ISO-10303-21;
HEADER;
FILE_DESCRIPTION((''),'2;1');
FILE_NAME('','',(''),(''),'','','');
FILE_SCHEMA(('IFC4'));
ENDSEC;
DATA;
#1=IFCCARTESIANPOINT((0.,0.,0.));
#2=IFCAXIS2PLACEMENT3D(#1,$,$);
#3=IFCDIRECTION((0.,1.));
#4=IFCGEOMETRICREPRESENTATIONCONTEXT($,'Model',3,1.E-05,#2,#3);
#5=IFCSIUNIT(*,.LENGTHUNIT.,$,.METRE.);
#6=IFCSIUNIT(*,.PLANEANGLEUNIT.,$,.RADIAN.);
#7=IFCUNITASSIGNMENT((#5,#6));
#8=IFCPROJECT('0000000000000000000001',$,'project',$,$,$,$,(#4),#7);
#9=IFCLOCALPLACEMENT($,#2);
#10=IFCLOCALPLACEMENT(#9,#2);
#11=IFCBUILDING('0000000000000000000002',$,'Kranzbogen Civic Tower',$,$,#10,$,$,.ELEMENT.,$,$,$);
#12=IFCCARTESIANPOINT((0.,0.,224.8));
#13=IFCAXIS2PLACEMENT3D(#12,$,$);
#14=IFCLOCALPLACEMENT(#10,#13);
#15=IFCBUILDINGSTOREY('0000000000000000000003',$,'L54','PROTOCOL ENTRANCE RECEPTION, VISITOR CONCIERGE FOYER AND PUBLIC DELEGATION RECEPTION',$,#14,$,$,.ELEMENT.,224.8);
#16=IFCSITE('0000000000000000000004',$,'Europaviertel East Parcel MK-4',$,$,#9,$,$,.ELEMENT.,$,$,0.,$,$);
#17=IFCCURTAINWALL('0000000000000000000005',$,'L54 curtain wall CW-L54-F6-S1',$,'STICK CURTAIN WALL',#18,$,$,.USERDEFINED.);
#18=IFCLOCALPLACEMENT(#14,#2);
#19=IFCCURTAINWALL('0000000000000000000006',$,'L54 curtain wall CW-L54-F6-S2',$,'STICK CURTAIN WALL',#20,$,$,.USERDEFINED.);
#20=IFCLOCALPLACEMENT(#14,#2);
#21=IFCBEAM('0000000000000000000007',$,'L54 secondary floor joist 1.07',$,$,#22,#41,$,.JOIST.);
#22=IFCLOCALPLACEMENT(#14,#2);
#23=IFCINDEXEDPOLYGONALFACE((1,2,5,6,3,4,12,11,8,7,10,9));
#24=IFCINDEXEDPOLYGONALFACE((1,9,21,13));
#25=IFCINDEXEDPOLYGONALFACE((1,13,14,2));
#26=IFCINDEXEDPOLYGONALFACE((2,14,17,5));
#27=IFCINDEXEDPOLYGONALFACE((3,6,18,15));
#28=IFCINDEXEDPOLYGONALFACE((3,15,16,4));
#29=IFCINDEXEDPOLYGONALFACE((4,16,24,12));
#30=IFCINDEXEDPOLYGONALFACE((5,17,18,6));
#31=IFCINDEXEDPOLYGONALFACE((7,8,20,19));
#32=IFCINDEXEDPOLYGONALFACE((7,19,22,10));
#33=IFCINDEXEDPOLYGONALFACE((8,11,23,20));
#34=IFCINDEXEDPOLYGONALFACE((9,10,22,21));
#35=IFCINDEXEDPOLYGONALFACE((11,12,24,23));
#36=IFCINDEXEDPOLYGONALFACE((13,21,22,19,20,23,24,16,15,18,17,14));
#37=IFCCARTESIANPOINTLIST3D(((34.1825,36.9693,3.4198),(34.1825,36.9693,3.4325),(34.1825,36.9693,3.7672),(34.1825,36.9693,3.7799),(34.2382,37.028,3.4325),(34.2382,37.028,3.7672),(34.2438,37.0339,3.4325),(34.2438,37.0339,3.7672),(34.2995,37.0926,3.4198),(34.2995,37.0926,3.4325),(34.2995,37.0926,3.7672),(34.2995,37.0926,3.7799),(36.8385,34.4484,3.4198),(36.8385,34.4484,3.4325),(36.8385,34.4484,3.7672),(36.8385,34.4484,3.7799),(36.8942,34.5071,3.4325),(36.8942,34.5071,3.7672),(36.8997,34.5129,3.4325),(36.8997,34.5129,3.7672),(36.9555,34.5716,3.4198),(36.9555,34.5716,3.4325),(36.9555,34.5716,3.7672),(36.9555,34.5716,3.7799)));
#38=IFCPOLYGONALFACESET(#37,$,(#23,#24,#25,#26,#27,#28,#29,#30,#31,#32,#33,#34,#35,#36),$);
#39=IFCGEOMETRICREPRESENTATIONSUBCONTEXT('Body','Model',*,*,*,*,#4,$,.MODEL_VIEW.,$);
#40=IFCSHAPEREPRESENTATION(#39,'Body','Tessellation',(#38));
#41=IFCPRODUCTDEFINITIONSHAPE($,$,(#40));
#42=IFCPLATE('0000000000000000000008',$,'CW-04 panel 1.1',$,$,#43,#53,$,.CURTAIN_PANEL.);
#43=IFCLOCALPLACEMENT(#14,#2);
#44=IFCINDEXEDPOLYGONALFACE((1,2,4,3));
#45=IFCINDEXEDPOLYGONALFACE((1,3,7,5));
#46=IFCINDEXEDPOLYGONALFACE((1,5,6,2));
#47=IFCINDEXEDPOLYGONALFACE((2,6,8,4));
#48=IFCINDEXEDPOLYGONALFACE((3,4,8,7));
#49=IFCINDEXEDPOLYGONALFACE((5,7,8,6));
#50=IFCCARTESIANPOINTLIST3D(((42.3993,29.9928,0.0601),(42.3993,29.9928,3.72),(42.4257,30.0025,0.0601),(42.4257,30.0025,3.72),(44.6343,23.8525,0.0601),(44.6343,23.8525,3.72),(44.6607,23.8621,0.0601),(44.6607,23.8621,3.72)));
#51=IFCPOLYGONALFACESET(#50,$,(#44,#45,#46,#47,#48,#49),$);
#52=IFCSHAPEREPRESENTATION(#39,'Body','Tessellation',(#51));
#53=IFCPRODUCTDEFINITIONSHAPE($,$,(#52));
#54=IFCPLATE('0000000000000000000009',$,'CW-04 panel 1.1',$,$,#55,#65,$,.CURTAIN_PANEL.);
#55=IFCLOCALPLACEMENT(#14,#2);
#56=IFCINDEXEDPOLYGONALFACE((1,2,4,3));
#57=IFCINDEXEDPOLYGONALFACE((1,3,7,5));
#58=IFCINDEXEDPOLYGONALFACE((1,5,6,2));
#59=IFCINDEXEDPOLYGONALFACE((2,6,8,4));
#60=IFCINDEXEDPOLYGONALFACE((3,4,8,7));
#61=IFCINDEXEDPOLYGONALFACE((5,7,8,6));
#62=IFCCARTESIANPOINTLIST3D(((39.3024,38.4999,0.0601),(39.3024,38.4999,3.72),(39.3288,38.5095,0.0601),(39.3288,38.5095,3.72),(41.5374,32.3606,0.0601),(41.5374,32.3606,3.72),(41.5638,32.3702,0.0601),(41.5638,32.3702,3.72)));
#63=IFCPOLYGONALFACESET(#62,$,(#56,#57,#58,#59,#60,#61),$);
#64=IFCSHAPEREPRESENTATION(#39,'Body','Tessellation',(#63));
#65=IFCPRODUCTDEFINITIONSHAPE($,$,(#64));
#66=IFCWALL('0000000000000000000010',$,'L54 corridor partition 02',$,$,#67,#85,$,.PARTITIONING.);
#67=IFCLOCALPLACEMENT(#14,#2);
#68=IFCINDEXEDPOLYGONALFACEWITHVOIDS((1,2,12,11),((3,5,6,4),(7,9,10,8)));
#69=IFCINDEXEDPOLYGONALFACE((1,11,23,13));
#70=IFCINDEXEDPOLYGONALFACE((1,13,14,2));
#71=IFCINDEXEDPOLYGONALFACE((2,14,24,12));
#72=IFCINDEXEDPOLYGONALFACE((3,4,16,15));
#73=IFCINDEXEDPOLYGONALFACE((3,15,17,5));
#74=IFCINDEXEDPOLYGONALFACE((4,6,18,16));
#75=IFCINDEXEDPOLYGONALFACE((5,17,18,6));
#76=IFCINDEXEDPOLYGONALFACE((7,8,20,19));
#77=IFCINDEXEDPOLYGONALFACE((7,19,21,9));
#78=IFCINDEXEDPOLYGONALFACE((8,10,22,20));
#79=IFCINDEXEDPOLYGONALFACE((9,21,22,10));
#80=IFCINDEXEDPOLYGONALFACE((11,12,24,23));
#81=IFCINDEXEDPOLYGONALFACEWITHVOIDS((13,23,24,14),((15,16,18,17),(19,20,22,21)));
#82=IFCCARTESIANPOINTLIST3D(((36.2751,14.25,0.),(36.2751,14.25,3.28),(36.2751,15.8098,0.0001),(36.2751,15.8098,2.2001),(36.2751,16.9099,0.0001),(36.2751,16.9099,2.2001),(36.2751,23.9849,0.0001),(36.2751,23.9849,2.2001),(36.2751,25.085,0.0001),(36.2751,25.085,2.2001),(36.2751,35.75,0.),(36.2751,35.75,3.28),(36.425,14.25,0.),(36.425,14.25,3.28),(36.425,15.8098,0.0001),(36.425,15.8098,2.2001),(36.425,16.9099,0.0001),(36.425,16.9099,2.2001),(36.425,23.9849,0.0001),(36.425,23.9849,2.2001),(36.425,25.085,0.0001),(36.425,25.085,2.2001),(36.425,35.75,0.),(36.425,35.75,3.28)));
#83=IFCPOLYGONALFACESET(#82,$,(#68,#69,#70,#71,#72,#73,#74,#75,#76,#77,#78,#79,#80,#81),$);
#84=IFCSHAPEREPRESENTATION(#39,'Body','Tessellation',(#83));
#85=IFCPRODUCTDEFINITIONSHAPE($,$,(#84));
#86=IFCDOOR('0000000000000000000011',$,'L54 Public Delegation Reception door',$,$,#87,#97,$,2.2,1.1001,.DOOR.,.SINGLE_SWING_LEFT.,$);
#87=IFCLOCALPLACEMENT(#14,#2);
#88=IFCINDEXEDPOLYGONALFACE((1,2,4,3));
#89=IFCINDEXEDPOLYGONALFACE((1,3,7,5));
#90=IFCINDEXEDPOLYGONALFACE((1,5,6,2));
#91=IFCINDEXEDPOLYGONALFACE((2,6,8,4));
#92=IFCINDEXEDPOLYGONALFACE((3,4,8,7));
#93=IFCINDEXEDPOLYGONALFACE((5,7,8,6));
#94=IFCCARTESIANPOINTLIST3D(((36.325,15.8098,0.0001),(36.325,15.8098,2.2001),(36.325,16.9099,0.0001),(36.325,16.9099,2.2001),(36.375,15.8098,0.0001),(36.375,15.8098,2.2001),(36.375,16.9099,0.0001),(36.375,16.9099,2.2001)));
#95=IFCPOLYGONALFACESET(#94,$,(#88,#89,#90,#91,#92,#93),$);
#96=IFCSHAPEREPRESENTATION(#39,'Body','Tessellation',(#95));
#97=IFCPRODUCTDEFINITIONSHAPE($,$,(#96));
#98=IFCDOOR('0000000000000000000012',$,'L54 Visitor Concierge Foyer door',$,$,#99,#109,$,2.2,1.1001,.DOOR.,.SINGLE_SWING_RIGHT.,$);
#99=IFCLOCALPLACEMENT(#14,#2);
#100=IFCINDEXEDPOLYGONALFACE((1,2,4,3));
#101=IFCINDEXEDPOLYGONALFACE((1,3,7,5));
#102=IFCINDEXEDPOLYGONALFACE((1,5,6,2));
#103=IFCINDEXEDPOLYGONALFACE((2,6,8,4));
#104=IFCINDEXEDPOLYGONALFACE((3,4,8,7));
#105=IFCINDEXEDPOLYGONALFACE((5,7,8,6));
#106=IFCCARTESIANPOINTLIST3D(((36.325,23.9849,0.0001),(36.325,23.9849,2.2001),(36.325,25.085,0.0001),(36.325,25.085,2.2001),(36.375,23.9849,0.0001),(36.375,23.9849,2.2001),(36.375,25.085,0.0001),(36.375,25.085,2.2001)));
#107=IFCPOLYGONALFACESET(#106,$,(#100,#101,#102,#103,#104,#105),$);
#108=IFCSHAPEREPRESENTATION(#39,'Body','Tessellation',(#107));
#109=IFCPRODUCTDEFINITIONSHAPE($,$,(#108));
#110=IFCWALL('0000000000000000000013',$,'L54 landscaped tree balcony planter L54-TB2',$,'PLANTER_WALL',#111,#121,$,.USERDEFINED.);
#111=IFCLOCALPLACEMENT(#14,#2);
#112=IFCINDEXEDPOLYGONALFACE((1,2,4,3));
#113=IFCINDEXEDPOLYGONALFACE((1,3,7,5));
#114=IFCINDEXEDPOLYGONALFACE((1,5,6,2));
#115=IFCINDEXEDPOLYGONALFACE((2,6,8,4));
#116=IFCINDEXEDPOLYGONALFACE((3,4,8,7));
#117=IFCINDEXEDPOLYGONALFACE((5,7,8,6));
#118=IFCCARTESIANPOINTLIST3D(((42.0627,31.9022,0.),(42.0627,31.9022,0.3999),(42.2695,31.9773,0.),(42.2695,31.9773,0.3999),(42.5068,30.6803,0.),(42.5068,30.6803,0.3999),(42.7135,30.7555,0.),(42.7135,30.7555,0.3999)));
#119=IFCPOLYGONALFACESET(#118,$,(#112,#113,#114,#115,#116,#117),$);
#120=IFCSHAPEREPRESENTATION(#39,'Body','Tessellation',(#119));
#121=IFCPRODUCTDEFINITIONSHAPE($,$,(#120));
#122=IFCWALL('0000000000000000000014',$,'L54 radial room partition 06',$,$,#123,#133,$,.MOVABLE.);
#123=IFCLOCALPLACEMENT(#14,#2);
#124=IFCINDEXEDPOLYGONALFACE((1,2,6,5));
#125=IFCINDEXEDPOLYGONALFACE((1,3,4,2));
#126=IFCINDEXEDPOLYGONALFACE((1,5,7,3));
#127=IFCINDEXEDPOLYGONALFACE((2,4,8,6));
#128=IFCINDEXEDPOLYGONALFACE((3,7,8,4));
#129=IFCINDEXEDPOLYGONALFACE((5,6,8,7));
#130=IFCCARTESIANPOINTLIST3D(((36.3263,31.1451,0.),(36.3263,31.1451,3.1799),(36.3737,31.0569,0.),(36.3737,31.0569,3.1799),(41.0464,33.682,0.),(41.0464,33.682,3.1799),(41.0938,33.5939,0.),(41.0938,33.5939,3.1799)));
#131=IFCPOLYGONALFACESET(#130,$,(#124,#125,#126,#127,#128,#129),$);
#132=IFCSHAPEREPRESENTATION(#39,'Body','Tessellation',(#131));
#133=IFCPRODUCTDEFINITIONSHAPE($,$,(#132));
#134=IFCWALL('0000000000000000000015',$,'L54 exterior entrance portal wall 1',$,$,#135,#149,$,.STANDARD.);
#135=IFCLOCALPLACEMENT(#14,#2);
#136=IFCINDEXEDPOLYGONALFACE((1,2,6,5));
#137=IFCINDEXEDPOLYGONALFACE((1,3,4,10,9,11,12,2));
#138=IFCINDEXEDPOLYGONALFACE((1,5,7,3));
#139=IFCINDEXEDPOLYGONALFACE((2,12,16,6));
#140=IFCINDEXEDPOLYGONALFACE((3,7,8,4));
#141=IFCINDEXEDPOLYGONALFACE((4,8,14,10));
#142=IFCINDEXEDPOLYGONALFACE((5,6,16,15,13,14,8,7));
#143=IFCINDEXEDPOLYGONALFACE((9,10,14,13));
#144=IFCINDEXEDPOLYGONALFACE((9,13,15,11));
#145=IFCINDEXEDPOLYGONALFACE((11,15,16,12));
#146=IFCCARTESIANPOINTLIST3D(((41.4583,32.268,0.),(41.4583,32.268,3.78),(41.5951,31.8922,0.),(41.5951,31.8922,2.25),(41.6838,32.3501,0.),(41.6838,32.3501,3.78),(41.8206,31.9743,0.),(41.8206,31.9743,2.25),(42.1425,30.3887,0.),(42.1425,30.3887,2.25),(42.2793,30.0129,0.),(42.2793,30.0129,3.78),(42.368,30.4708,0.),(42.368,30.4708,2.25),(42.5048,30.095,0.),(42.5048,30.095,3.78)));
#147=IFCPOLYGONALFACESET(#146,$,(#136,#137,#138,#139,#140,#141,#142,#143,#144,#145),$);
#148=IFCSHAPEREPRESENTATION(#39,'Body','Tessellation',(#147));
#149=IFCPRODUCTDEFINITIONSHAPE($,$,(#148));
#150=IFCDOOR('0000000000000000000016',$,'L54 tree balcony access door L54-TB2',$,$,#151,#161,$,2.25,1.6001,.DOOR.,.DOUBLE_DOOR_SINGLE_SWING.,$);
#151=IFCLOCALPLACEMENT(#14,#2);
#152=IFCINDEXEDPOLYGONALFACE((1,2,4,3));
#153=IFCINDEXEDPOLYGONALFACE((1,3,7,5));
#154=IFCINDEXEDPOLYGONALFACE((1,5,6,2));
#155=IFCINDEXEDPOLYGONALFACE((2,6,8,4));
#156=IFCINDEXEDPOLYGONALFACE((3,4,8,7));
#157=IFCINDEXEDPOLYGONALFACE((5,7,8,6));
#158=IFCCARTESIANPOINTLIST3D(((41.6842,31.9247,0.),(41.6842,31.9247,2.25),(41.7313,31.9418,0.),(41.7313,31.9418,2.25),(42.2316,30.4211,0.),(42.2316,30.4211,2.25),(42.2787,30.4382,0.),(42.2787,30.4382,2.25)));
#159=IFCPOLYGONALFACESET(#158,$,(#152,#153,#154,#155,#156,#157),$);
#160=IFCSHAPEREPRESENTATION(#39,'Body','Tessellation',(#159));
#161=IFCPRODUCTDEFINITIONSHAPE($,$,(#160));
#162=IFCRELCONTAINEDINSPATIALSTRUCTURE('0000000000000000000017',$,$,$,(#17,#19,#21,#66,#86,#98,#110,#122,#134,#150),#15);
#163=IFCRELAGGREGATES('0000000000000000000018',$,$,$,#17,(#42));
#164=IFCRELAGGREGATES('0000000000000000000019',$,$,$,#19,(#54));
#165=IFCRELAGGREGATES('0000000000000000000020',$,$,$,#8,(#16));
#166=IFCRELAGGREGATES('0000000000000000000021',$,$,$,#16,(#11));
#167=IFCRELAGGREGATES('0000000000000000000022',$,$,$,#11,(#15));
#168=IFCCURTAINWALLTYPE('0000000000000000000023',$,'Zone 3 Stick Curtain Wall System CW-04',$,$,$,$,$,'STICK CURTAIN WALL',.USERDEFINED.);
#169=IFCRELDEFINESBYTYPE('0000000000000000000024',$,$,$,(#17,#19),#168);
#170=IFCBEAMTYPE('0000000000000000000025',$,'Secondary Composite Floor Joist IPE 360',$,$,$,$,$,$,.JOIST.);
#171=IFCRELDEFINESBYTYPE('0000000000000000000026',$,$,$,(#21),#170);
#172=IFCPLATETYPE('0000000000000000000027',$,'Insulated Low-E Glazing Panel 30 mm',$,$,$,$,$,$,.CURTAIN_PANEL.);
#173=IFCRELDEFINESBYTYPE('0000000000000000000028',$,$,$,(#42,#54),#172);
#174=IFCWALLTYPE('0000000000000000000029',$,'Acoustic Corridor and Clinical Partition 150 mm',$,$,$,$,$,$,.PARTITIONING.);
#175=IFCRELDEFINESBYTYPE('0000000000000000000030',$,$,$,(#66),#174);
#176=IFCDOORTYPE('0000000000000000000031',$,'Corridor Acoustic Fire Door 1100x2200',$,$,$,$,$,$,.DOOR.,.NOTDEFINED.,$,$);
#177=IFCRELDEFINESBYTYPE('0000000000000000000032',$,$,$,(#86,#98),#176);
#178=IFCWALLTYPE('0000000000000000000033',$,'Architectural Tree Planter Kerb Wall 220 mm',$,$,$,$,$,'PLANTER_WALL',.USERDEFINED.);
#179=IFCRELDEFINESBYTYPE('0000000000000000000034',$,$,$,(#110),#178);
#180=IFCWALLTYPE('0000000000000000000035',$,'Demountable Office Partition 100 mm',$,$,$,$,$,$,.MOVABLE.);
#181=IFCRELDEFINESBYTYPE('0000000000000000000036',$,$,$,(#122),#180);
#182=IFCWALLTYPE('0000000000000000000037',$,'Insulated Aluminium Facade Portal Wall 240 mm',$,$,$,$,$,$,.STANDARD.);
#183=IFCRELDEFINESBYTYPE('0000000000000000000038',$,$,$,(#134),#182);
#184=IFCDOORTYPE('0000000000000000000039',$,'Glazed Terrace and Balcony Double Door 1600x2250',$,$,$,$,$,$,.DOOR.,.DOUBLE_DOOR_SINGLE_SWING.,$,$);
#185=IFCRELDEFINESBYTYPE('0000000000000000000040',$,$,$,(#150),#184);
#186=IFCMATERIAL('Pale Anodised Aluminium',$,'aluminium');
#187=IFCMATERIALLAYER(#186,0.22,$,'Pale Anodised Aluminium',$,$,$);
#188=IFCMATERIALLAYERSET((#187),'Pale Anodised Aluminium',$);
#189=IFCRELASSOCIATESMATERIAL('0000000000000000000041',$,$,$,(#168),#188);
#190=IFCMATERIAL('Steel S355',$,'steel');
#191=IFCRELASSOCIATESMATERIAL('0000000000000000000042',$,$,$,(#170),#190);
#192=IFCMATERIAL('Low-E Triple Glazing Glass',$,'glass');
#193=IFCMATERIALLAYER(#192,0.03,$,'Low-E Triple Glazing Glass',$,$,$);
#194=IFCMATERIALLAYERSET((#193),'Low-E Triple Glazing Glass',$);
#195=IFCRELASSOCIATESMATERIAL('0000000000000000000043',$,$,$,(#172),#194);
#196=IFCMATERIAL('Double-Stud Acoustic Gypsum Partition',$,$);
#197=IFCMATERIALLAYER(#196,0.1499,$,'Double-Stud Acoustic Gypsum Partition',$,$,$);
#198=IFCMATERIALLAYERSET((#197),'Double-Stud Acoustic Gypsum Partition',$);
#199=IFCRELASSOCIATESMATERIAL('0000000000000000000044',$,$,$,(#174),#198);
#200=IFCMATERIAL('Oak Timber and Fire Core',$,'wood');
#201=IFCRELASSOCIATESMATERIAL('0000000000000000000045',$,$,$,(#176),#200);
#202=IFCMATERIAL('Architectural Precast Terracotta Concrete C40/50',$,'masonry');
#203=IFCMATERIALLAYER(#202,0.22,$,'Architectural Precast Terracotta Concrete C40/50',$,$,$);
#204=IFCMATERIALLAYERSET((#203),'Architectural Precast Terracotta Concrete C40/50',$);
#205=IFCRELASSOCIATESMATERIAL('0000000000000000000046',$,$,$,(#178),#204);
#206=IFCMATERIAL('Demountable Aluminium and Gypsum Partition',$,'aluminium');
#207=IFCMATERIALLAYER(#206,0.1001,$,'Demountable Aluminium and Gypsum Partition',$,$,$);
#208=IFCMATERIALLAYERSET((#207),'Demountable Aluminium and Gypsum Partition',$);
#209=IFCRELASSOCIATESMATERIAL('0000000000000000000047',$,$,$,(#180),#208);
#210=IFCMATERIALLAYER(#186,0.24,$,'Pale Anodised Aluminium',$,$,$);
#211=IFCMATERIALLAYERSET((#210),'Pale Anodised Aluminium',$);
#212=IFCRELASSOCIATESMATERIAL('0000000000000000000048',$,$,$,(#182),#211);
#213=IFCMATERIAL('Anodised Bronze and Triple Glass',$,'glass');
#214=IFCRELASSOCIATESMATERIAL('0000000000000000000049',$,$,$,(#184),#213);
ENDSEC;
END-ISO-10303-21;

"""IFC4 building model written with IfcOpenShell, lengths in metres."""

from ifc_helpers import new_model, si_unit, direction, frame, frame_2d, origin, origin_2d, place, context, subcontext, project, spatial, rectangle, i_section, extrude, material, layer, layer_set, material_profile, profile_set, type_object, element, fill, aggregate, save


model = new_model("IFC4")

# Units and contexts
model_context = context("Model", 3, precision=1e-05, world=origin(), true_north=direction((0.0, 1.0)))
body_context = subcontext(model_context, "Body", "Model", "MODEL_VIEW")
ifc_project = project(units=[si_unit("LENGTHUNIT", "METRE"), si_unit("PLANEANGLEUNIT", "RADIAN")], contexts=[model_context])

# Site, building, storey
site_placement = place(None, origin())
site = spatial("IfcSite", under=ifc_project, at=site_placement, Name="Europaviertel East Parcel MK-4", CompositionType="ELEMENT", RefElevation=0.0)
building_placement = place(site_placement, origin())
building = spatial("IfcBuilding", under=site, at=building_placement, Name="Kranzbogen Civic Tower", CompositionType="ELEMENT")
storey_placement = place(building_placement, frame((0.0, 0.0, 224.8)))
storey = spatial("IfcBuildingStorey", under=building, at=storey_placement, Name="L54", Description="PROTOCOL ENTRANCE RECEPTION, VISITOR CONCIERGE FOYER AND PUBLIC DELEGATION RECEPTION", CompositionType="ELEMENT", Elevation=224.8)

# Shared definitions
ifc_material_1 = material(Name="Steel S355", Category="steel")

# Curtain wall
ifc_material_2 = material(Name="Pale Anodised Aluminium", Category="aluminium")
ifc_layer_1 = layer(ifc_material_2, 0.22, Name="Pale Anodised Aluminium")
ifc_layer_set_1 = layer_set([ifc_layer_1], Name="Pale Anodised Aluminium")
curtain_wall_type = type_object("IfcCurtainWallType", Name="Zone 3 Stick Curtain Wall System CW-04", ElementType="STICK CURTAIN WALL", PredefinedType="USERDEFINED", material=ifc_layer_set_1)
curtain_wall_1_placement = place(storey_placement, origin())
curtain_wall_1 = element("IfcCurtainWall", 1, at=curtain_wall_1_placement, inside=storey, type_object=curtain_wall_type, Name="L54 curtain wall CW-L54-F6-S1", ObjectType="STICK CURTAIN WALL", PredefinedType="USERDEFINED")

# Curtain wall
curtain_wall_2_placement = place(storey_placement, origin())
curtain_wall_2 = element("IfcCurtainWall", 2, at=curtain_wall_2_placement, inside=storey, type_object=curtain_wall_type, Name="L54 curtain wall CW-L54-F6-S2", ObjectType="STICK CURTAIN WALL", PredefinedType="USERDEFINED")

# Beam
ifc_material_profile_1 = material_profile(ifc_material_1, i_section(OverallWidth=0.1699, OverallDepth=0.3601, WebThickness=0.0081, FlangeThickness=0.0127, at=origin_2d()), Name="IPE 360")
ifc_profile_set_1 = profile_set([ifc_material_profile_1], Name="Steel S355")
beam_type_1 = type_object("IfcBeamType", Name="Secondary Composite Floor Joist IPE 360", PredefinedType="JOIST", material=ifc_profile_set_1)
beam_1_placement = place(storey_placement, frame((36.897, 34.51, 3.5999), z_axis=(-0.725301, 0.688432, 0.0), x_axis=(-0.688432, -0.725301, 0.0)))
element("IfcBeam", 3, at=beam_1_placement, inside=storey, type_object=beam_type_1, Name="L54 secondary floor joist 1.07", PredefinedType="JOIST", context=body_context, shape_type="SweptSolid", body=[
    extrude(i_section(OverallWidth=0.1699, OverallDepth=0.3601, WebThickness=0.0081, FlangeThickness=0.0127, at=origin_2d()), origin(), (0.0, 0.0, 1.0), 3.6619),
])

# Plates
ifc_material_3 = material(Name="Low-E Triple Glazing Glass", Category="glass")
ifc_layer_2 = layer(ifc_material_3, 0.03, Name="Low-E Triple Glazing Glass")
ifc_layer_set_2 = layer_set([ifc_layer_2], Name="Low-E Triple Glazing Glass")
plate_type = type_object("IfcPlateType", Name="Insulated Low-E Glazing Panel 30 mm", PredefinedType="CURTAIN_PANEL", material=ifc_layer_set_2)
plate_1_placement = place(storey_placement, frame((43.53, 26.9275, 0.0601), z_axis=(0.0, 0.0, 1.0), x_axis=(-0.342033, 0.939688, 0.0)))
plate_1 = element("IfcPlate", 4, at=plate_1_placement, type_object=plate_type, Name="CW-04 panel 1.1", PredefinedType="CURTAIN_PANEL", context=body_context, shape_type="SweptSolid", body=[
    extrude(rectangle(XDim=6.5344, YDim=0.0281, at=origin_2d()), origin(), (0.0, 0.0, 1.0), 3.6599),
])
aggregate(curtain_wall_1, [plate_1])
plate_2_placement = place(storey_placement, frame((40.4331, 35.4351, 0.0601), z_axis=(0.0, 0.0, 1.0), x_axis=(-0.342081, 0.93967, 0.0)))
plate_2 = element("IfcPlate", 5, at=plate_2_placement, type_object=plate_type, Name="CW-04 panel 1.1", PredefinedType="CURTAIN_PANEL", context=body_context, shape_type="SweptSolid", body=[
    extrude(rectangle(XDim=6.5334, YDim=0.0281, at=origin_2d()), origin(), (0.0, 0.0, 1.0), 3.6599),
])
aggregate(curtain_wall_2, [plate_2])

# Wall, openings, doors
ifc_material_4 = material(Name="Double-Stud Acoustic Gypsum Partition")
ifc_layer_3 = layer(ifc_material_4, 0.1499, Name="Double-Stud Acoustic Gypsum Partition")
ifc_layer_set_3 = layer_set([ifc_layer_3], Name="Double-Stud Acoustic Gypsum Partition")
wall_type_1 = type_object("IfcWallType", Name="Acoustic Corridor and Clinical Partition 150 mm", PredefinedType="PARTITIONING", material=ifc_layer_set_3)
wall_1_placement = place(storey_placement, frame((36.3501, 35.75, 0.0), z_axis=(0.0, 0.0, 1.0), x_axis=(0.0, -1.0, 0.0)))
wall_1 = element("IfcWall", 6, at=wall_1_placement, inside=storey, type_object=wall_type_1, Name="L54 corridor partition 02", PredefinedType="PARTITIONING", context=body_context, shape_type="SweptSolid", body=[
    extrude(rectangle(XDim=21.5, YDim=0.1499, at=frame_2d((10.75, 0.0))), origin(), (0.0, 0.0, 1.0), 3.28),
])
opening_1_placement = place(wall_1_placement, frame((18.8401, 0.0, 0.0)))
opening_1 = element("IfcOpeningElement", 7, at=opening_1_placement, cuts=wall_1, PredefinedType="OPENING", context=body_context, shape_type="SweptSolid", body=[
    extrude(rectangle(XDim=1.1001, YDim=2.2, at=frame_2d((0.55, 1.1001))), frame((0.0, 0.085, 0.0), z_axis=(0.0, -1.0, 0.0), x_axis=(1.0, 0.0, 0.0)), (0.0, 0.0, 1.0), 0.1699),
])
opening_2_placement = place(wall_1_placement, frame((10.665, 0.0, 0.0)))
opening_2 = element("IfcOpeningElement", 8, at=opening_2_placement, cuts=wall_1, PredefinedType="OPENING", context=body_context, shape_type="SweptSolid", body=[
    extrude(rectangle(XDim=1.1001, YDim=2.2, at=frame_2d((0.55, 1.1001))), frame((0.0, 0.085, 0.0), z_axis=(0.0, -1.0, 0.0), x_axis=(1.0, 0.0, 0.0)), (0.0, 0.0, 1.0), 0.1699),
])
ifc_material_5 = material(Name="Oak Timber and Fire Core", Category="wood")
door_type_1 = type_object("IfcDoorType", Name="Corridor Acoustic Fire Door 1100x2200", OperationType="NOTDEFINED", PredefinedType="DOOR", material=ifc_material_5)
door_1_placement = place(opening_1_placement, origin())
door_1 = element("IfcDoor", 9, at=door_1_placement, inside=storey, type_object=door_type_1, Name="L54 Public Delegation Reception door", OperationType="SINGLE_SWING_LEFT", OverallHeight=2.2, OverallWidth=1.1001, PredefinedType="DOOR", context=body_context, shape_type="SweptSolid", body=[
    extrude(rectangle(XDim=1.1001, YDim=2.2, at=frame_2d((0.55, 1.1001))), frame((0.0, 0.0249, 0.0), z_axis=(0.0, -1.0, 0.0), x_axis=(1.0, 0.0, 0.0)), (0.0, 0.0, 1.0), 0.05),
])
fill(opening_1, door_1)
door_2_placement = place(opening_2_placement, origin())
door_2 = element("IfcDoor", 10, at=door_2_placement, inside=storey, type_object=door_type_1, Name="L54 Visitor Concierge Foyer door", OperationType="SINGLE_SWING_RIGHT", OverallHeight=2.2, OverallWidth=1.1001, PredefinedType="DOOR", context=body_context, shape_type="SweptSolid", body=[
    extrude(rectangle(XDim=1.1001, YDim=2.2, at=frame_2d((0.55, 1.1001))), frame((0.0, 0.0249, 0.0), z_axis=(0.0, -1.0, 0.0), x_axis=(1.0, 0.0, 0.0)), (0.0, 0.0, 1.0), 0.05),
])
fill(opening_2, door_2)

# Walls
ifc_material_6 = material(Name="Architectural Precast Terracotta Concrete C40/50", Category="masonry")
ifc_layer_4 = layer(ifc_material_6, 0.22, Name="Architectural Precast Terracotta Concrete C40/50")
ifc_layer_set_4 = layer_set([ifc_layer_4], Name="Architectural Precast Terracotta Concrete C40/50")
wall_type_2 = type_object("IfcWallType", Name="Architectural Tree Planter Kerb Wall 220 mm", ElementType="PLANTER_WALL", PredefinedType="USERDEFINED", material=ifc_layer_set_4)
wall_2_placement = place(storey_placement, frame((42.6101, 30.718, 0.0), z_axis=(0.0, 0.0, 1.0), x_axis=(-0.341577, 0.939854, 0.0)))
element("IfcWall", 11, at=wall_2_placement, inside=storey, type_object=wall_type_2, Name="L54 landscaped tree balcony planter L54-TB2", ObjectType="PLANTER_WALL", PredefinedType="USERDEFINED", context=body_context, shape_type="SweptSolid", body=[
    extrude(rectangle(XDim=1.3, YDim=0.22, at=frame_2d((0.6499, 0.0))), origin(), (0.0, 0.0, 1.0), 0.3999),
])
ifc_material_7 = material(Name="Demountable Aluminium and Gypsum Partition", Category="aluminium")
ifc_layer_5 = layer(ifc_material_7, 0.1001, Name="Demountable Aluminium and Gypsum Partition")
ifc_layer_set_5 = layer_set([ifc_layer_5], Name="Demountable Aluminium and Gypsum Partition")
wall_type_3 = type_object("IfcWallType", Name="Demountable Office Partition 100 mm", PredefinedType="MOVABLE", material=ifc_layer_set_5)
wall_3_placement = place(storey_placement, frame((36.3501, 31.1011, 0.0), z_axis=(0.0, 0.0, 1.0), x_axis=(0.880834, 0.473426, 0.0)))
element("IfcWall", 12, at=wall_3_placement, inside=storey, type_object=wall_type_3, Name="L54 radial room partition 06", PredefinedType="MOVABLE", context=body_context, shape_type="SweptSolid", body=[
    extrude(rectangle(XDim=5.3586, YDim=0.1001, at=frame_2d((2.6792, 0.0))), origin(), (0.0, 0.0, 1.0), 3.1799),
])

# Wall, opening, door
ifc_layer_6 = layer(ifc_material_2, 0.24, Name="Pale Anodised Aluminium")
ifc_layer_set_6 = layer_set([ifc_layer_6], Name="Pale Anodised Aluminium")
wall_type_4 = type_object("IfcWallType", Name="Insulated Aluminium Facade Portal Wall 240 mm", PredefinedType="STANDARD", material=ifc_layer_set_6)
wall_4_placement = place(storey_placement, frame((42.3921, 30.054, 0.0), z_axis=(0.0, 0.0, 1.0), x_axis=(-0.342111, 0.93966, 0.0)))
wall_4 = element("IfcWall", 13, at=wall_4_placement, inside=storey, type_object=wall_type_4, Name="L54 exterior entrance portal wall 1", PredefinedType="STANDARD", context=body_context, shape_type="SweptSolid", body=[
    extrude(rectangle(XDim=2.3999, YDim=0.24, at=frame_2d((1.2, 0.0))), origin(), (0.0, 0.0, 1.0), 3.78),
])
opening_3_placement = place(wall_4_placement, frame((0.3999, 0.0, 0.0)))
opening_3 = element("IfcOpeningElement", 14, at=opening_3_placement, cuts=wall_4, PredefinedType="OPENING", context=body_context, shape_type="SweptSolid", body=[
    extrude(rectangle(XDim=1.6001, YDim=2.25, at=frame_2d((0.8, 1.125))), frame((0.0, 0.1299, 0.0), z_axis=(0.0, -1.0, 0.0), x_axis=(1.0, 0.0, 0.0)), (0.0, 0.0, 1.0), 0.26),
])
ifc_material_8 = material(Name="Anodised Bronze and Triple Glass", Category="glass")
door_type_2 = type_object("IfcDoorType", Name="Glazed Terrace and Balcony Double Door 1600x2250", OperationType="DOUBLE_DOOR_SINGLE_SWING", PredefinedType="DOOR", material=ifc_material_8)
door_3_placement = place(opening_3_placement, frame((1.6001, 0.0, 0.0), z_axis=(0.0, 0.0, 1.0), x_axis=(-1.0, 0.0, 0.0)))
door_3 = element("IfcDoor", 15, at=door_3_placement, inside=storey, type_object=door_type_2, Name="L54 tree balcony access door L54-TB2", OperationType="DOUBLE_DOOR_SINGLE_SWING", OverallHeight=2.25, OverallWidth=1.6001, PredefinedType="DOOR", context=body_context, shape_type="SweptSolid", body=[
    extrude(rectangle(XDim=1.6001, YDim=2.25, at=frame_2d((0.8, 1.125))), frame((0.0, 0.0249, 0.0), z_axis=(0.0, -1.0, 0.0), x_axis=(1.0, 0.0, 0.0)), (0.0, 0.0, 1.0), 0.05),
])
fill(opening_3, door_3)

save(model, "model.ifc")
